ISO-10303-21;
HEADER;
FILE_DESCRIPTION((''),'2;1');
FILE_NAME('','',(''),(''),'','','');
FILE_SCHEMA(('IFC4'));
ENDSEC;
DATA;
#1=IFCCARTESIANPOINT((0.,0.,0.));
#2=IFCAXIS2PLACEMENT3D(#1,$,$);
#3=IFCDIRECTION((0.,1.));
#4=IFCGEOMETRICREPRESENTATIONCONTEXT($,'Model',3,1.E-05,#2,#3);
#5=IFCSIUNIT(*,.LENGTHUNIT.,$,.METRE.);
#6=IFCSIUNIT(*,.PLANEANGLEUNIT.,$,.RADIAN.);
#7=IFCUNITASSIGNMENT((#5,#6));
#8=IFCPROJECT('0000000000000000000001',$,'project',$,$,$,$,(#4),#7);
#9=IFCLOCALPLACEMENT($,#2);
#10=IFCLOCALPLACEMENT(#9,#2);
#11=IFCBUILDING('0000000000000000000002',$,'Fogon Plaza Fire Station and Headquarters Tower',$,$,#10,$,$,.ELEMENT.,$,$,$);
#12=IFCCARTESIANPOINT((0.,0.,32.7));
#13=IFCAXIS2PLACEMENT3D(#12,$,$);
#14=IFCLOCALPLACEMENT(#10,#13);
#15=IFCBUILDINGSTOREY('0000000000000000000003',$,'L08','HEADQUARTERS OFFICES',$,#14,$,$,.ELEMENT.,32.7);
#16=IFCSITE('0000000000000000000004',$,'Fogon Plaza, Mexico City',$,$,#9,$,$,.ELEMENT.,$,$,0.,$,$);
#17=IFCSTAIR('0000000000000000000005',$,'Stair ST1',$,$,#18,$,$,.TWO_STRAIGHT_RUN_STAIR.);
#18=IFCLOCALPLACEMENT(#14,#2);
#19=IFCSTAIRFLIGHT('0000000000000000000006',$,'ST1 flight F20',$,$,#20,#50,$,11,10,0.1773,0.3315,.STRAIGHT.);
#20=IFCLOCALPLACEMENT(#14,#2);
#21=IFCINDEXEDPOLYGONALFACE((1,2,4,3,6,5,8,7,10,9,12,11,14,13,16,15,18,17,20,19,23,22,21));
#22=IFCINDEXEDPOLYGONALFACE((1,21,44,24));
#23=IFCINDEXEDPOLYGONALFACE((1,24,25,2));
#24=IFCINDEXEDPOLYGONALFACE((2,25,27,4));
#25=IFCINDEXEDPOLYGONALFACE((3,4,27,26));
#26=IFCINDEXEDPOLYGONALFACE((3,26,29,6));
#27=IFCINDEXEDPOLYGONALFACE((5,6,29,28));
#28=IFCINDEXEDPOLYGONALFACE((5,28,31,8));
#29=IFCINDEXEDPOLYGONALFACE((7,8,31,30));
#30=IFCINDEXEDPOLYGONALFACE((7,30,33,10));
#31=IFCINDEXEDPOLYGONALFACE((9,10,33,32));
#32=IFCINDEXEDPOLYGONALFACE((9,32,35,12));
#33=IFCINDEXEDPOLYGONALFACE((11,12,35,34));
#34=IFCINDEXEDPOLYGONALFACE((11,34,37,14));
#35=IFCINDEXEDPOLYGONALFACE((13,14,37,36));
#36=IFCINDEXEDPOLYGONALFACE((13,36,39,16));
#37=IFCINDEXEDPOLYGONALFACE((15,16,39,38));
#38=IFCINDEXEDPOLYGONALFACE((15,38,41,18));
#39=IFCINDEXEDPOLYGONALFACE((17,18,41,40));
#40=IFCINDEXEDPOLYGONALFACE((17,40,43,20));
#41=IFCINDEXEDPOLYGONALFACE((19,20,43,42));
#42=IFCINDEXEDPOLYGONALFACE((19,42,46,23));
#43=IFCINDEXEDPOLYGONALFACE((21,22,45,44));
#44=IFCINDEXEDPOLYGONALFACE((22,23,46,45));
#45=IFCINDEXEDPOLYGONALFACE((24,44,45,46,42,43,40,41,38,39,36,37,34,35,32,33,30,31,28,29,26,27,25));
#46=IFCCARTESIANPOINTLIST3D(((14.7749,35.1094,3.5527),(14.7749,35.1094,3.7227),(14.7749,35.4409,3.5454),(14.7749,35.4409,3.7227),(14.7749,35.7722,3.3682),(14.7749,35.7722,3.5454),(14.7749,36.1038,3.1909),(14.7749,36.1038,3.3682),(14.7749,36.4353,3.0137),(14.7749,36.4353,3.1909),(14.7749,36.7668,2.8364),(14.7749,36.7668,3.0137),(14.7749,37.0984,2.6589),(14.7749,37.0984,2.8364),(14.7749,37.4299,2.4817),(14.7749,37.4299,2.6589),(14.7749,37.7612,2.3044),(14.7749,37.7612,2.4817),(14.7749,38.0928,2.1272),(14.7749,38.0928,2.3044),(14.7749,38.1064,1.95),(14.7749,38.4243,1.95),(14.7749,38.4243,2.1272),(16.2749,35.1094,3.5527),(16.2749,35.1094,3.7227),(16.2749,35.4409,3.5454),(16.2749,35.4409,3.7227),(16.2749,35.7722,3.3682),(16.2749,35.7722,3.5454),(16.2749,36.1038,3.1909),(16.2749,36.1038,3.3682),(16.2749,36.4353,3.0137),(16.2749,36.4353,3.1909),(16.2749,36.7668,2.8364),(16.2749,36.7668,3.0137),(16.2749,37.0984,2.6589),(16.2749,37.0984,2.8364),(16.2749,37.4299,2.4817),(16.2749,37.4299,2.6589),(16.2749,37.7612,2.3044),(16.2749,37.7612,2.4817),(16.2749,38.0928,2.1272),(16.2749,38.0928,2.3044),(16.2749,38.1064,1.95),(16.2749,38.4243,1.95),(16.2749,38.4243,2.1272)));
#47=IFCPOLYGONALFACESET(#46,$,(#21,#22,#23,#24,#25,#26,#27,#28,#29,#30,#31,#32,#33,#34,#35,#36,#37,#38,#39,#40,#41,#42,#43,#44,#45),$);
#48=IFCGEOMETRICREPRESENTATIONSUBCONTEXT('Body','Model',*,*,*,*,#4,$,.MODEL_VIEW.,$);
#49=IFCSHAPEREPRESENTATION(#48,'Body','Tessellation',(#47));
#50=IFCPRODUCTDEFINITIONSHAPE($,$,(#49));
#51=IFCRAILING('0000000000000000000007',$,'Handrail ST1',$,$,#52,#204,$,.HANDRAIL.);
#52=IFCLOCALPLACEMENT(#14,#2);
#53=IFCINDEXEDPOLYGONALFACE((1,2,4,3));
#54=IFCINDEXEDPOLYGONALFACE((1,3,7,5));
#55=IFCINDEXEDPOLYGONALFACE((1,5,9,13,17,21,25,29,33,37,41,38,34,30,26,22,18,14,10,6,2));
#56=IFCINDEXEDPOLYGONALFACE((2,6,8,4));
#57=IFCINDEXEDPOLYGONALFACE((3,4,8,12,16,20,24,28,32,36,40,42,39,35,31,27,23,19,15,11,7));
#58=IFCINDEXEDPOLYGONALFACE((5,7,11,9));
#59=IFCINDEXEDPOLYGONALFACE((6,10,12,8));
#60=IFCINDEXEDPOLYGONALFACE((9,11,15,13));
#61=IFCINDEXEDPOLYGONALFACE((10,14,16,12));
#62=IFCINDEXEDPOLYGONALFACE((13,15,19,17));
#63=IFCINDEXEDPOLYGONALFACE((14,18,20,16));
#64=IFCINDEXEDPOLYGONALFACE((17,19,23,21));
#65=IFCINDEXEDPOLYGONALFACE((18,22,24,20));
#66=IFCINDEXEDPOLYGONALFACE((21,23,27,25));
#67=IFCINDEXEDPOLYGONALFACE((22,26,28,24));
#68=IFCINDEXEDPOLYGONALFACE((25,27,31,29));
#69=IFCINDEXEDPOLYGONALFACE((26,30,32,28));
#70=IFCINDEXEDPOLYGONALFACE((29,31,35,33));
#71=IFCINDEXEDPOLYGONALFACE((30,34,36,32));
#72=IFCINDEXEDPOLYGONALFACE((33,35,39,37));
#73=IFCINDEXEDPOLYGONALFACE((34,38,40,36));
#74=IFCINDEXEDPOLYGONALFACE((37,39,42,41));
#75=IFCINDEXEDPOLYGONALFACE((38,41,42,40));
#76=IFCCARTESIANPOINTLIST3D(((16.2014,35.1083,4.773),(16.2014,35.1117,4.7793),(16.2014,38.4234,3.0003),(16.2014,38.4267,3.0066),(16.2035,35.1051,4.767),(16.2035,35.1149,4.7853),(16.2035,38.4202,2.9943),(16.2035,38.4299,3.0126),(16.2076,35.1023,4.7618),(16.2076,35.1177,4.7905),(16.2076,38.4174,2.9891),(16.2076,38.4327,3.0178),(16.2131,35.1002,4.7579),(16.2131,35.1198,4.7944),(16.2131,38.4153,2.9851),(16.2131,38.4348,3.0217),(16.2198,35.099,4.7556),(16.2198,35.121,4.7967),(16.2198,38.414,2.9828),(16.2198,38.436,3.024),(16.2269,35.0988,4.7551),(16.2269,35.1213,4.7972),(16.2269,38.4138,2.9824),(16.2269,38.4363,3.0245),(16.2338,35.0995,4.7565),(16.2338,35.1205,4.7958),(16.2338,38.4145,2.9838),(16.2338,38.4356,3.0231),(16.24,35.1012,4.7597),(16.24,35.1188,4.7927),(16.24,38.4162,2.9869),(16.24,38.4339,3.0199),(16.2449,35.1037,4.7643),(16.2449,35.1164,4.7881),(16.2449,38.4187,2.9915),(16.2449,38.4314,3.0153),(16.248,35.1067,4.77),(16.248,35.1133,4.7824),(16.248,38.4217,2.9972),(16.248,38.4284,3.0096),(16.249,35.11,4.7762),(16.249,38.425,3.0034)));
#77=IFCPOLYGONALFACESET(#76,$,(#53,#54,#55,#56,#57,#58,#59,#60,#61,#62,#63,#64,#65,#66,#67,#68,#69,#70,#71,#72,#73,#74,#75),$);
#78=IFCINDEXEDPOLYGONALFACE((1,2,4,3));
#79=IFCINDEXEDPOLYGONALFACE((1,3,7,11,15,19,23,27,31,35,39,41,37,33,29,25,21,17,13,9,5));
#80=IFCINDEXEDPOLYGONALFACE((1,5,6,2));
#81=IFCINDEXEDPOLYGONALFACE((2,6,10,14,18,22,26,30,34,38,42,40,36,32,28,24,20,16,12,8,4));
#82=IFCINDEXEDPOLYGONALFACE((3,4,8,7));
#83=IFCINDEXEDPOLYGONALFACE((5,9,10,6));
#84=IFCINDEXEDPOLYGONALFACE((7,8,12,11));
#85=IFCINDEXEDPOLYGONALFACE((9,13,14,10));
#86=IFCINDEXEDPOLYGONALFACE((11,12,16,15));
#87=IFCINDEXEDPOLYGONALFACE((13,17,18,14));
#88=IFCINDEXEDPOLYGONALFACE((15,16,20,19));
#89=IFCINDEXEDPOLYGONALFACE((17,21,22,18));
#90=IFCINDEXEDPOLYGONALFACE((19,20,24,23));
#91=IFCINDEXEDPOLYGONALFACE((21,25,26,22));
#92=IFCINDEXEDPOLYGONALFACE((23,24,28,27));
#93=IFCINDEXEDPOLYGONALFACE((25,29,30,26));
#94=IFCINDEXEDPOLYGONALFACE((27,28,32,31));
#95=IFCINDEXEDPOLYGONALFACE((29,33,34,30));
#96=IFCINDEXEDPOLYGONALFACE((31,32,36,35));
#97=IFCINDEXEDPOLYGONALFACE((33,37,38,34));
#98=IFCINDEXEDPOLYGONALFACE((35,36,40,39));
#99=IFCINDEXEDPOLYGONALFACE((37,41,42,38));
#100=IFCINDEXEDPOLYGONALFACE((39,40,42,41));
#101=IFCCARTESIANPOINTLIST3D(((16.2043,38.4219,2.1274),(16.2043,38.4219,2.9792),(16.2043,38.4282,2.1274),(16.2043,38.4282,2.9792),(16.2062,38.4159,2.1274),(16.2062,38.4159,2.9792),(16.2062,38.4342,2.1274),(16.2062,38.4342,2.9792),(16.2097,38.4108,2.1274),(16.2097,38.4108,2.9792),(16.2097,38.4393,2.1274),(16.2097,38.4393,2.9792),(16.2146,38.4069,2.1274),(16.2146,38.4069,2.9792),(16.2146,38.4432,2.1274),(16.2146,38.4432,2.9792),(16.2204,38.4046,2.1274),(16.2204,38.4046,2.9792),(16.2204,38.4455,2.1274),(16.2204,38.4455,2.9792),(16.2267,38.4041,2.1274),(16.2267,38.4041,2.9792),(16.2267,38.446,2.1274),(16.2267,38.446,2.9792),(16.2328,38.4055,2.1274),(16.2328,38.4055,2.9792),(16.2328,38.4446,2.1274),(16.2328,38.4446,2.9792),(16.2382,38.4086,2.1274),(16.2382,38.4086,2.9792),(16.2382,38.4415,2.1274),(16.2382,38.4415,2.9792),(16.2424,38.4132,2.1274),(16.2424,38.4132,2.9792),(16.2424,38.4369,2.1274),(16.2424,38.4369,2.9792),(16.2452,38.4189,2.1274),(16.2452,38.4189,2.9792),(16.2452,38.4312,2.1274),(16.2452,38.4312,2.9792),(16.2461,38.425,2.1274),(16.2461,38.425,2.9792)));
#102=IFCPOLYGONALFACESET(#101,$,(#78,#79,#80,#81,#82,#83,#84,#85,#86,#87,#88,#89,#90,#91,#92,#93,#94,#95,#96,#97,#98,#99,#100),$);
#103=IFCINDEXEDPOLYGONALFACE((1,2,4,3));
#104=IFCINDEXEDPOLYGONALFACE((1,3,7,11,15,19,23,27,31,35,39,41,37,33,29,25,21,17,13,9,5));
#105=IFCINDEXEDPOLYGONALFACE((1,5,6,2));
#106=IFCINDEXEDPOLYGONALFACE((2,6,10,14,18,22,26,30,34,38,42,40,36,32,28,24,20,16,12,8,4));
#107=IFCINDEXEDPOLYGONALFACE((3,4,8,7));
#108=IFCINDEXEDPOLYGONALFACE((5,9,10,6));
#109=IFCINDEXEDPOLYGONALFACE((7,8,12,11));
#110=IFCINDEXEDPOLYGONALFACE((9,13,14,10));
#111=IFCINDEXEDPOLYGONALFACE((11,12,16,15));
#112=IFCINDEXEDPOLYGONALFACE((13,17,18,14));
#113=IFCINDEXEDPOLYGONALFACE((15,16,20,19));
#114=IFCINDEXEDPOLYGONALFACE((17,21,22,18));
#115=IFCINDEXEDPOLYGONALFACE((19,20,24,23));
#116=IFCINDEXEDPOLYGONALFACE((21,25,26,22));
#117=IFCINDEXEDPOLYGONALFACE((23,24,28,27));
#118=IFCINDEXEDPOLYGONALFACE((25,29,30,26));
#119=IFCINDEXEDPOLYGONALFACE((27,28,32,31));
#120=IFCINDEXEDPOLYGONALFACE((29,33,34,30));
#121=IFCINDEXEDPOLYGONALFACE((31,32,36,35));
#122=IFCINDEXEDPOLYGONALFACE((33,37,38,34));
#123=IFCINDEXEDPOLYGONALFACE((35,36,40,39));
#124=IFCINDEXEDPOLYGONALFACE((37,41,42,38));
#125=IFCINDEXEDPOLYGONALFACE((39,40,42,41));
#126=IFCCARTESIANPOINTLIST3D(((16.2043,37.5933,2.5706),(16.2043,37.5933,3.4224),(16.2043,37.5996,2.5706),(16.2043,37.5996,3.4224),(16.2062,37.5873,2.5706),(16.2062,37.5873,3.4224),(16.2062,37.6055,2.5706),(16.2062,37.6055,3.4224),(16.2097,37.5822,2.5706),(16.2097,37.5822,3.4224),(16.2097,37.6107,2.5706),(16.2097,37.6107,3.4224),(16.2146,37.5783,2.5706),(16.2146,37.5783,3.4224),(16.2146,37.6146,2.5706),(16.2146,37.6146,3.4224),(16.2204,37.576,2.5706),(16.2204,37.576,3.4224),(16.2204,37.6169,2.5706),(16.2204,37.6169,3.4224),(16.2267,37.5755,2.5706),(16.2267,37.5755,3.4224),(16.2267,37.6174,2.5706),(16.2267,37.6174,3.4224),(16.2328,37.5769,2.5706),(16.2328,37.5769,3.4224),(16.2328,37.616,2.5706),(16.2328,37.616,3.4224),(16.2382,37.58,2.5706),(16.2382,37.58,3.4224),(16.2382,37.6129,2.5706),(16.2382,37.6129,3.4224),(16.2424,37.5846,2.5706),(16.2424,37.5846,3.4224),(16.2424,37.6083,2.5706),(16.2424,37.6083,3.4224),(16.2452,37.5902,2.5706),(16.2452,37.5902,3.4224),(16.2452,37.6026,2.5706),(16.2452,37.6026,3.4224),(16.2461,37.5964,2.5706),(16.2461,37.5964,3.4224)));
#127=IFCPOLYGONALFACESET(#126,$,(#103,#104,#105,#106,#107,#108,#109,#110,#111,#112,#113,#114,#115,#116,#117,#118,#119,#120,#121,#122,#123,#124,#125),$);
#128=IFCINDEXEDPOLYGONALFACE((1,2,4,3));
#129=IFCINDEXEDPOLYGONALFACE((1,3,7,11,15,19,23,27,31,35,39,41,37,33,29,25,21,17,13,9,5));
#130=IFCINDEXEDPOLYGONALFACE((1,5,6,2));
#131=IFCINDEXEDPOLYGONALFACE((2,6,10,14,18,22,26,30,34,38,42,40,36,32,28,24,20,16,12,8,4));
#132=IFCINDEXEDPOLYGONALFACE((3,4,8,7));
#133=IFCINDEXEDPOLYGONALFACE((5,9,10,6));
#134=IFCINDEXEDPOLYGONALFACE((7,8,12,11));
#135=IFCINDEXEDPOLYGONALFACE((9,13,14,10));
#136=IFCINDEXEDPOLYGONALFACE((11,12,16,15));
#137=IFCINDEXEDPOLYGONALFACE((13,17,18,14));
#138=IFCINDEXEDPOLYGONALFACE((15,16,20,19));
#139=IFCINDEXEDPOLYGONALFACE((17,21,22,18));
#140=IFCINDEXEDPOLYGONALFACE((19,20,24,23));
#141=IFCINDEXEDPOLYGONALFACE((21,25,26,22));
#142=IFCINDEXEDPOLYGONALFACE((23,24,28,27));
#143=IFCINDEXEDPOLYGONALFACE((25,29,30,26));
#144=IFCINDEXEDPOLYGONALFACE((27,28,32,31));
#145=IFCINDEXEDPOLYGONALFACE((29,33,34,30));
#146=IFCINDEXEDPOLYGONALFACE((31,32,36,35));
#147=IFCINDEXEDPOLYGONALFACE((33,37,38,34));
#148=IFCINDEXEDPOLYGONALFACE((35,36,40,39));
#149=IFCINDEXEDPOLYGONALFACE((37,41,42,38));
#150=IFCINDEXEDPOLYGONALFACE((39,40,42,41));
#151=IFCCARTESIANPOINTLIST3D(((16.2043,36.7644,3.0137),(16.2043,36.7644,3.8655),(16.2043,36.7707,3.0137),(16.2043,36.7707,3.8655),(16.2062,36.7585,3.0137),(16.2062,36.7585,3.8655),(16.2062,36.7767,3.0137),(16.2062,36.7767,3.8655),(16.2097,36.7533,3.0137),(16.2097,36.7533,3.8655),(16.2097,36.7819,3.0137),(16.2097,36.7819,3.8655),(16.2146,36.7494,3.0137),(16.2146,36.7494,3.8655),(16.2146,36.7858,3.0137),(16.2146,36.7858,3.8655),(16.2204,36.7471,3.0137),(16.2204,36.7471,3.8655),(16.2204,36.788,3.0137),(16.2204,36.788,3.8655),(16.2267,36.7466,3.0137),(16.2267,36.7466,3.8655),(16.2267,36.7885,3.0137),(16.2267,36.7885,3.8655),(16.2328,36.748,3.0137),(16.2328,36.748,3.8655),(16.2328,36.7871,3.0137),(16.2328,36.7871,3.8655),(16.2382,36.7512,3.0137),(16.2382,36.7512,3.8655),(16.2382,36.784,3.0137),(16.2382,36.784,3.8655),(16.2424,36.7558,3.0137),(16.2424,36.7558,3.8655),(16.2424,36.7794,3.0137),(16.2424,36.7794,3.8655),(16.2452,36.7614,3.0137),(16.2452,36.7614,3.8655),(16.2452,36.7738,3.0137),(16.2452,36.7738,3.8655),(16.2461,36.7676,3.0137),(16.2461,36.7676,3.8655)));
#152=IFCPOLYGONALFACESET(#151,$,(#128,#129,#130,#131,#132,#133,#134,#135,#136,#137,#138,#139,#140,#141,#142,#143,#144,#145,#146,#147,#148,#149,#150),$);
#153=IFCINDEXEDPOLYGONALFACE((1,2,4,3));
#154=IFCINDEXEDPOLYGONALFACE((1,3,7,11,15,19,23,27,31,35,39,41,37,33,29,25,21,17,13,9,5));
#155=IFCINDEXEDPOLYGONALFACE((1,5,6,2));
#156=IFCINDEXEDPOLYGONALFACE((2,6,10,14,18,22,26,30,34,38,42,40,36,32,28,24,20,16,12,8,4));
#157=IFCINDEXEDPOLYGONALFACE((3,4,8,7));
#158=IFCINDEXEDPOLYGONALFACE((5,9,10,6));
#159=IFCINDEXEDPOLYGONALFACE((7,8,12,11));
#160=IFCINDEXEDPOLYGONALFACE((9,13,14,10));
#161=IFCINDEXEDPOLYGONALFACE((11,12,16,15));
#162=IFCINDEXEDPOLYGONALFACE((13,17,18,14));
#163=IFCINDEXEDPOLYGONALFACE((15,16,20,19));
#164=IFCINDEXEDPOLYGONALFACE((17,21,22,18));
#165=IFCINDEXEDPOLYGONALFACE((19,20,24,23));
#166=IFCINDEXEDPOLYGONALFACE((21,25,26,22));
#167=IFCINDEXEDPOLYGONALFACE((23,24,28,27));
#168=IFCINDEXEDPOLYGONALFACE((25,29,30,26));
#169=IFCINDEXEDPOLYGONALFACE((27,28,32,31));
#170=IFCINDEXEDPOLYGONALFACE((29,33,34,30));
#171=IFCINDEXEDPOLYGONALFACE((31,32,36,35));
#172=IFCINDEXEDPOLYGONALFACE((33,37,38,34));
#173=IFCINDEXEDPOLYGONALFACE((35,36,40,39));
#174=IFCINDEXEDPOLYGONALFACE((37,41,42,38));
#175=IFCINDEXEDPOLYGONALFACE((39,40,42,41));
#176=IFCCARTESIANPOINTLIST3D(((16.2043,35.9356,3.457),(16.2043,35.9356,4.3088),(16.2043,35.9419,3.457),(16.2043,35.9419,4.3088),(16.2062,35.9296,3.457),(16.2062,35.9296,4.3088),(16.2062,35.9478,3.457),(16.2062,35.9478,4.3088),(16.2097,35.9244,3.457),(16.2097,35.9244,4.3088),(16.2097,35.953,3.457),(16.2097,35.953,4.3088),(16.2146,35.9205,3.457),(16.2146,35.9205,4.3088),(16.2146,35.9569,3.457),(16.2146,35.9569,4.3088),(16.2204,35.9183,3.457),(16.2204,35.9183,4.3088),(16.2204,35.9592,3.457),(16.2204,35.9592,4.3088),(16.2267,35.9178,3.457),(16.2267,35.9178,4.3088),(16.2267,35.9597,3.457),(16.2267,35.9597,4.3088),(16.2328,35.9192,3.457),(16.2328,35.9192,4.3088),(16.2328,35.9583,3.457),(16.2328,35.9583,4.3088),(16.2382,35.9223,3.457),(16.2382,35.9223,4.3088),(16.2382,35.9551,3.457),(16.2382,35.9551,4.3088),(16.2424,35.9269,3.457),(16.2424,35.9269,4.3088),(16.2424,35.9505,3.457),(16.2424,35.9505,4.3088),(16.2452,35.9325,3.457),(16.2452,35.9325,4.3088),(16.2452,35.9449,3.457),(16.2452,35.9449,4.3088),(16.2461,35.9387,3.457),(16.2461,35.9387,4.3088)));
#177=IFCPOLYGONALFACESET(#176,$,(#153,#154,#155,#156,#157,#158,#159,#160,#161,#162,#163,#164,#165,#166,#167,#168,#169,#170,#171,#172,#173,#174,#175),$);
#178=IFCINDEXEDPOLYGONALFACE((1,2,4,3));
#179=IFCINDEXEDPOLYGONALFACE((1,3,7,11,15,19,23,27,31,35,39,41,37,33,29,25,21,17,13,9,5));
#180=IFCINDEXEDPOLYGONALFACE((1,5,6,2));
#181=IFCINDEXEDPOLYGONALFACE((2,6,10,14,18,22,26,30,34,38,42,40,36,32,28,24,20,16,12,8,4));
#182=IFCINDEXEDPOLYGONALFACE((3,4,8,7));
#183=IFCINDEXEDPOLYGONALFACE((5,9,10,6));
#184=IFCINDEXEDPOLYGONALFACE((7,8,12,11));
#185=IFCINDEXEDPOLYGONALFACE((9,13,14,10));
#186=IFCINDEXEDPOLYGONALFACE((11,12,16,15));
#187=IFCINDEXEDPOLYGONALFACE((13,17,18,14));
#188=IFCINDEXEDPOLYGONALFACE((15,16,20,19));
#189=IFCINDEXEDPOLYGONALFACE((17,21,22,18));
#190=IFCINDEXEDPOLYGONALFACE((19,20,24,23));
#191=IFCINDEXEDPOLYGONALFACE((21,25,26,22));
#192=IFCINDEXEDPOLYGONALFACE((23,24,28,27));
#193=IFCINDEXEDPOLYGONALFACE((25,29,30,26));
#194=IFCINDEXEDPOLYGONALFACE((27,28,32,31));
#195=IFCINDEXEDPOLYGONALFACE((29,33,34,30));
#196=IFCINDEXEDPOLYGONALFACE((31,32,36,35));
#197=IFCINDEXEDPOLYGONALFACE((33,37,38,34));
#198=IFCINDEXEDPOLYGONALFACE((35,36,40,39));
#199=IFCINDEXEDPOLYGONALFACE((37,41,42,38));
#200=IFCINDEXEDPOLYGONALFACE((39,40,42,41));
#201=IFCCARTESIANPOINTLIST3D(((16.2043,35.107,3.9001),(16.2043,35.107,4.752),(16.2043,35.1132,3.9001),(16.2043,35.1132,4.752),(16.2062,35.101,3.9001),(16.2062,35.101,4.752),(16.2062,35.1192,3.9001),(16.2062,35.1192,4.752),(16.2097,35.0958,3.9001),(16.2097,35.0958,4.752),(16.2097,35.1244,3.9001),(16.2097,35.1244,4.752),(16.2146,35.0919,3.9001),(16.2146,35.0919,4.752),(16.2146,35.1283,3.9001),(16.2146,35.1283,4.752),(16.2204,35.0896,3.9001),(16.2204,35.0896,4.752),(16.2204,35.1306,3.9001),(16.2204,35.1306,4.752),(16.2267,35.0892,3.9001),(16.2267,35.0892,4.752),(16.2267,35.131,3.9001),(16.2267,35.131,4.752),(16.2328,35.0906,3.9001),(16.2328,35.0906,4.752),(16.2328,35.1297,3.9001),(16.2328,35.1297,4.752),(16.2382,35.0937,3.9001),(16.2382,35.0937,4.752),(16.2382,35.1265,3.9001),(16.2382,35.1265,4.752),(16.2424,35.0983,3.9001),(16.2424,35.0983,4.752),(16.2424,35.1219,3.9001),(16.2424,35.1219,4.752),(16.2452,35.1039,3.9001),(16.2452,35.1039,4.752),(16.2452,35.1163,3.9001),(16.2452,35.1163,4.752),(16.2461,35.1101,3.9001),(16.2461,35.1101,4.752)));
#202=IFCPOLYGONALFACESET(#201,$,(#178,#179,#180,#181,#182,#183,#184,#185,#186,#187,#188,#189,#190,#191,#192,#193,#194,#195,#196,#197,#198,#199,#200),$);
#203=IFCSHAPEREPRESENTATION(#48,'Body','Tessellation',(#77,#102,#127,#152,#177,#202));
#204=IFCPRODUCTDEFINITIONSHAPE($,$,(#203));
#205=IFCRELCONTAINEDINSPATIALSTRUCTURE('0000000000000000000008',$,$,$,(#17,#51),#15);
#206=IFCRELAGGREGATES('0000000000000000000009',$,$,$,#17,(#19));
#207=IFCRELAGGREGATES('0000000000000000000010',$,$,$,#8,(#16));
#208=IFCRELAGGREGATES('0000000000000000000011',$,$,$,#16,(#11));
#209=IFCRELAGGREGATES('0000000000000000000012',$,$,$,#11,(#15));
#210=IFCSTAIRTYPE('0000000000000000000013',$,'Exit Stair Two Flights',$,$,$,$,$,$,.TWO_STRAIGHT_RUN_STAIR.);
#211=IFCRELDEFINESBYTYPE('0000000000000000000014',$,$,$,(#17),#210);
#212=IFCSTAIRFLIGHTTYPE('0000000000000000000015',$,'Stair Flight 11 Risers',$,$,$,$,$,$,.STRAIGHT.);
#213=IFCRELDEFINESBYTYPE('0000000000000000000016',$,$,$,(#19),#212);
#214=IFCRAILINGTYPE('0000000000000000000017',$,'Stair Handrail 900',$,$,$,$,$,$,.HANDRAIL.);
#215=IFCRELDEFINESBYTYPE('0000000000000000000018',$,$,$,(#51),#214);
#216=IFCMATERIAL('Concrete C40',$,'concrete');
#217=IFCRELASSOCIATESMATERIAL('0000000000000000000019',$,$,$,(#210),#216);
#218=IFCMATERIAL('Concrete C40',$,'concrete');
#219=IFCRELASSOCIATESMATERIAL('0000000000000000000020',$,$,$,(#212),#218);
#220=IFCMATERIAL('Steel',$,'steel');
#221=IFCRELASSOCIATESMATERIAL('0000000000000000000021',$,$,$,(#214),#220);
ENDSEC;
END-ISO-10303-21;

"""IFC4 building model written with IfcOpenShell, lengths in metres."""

from ifc_helpers import new_model, si_unit, direction, frame, origin, origin_2d, place, context, subcontext, project, spatial, polyline, circle, outline, extrude, material, type_object, element, aggregate, save


model = new_model("IFC4")

# Units and contexts
model_context = context("Model", 3, precision=1e-05, world=origin(), true_north=direction((0.0, 1.0)))
body_context = subcontext(model_context, "Body", "Model", "MODEL_VIEW")
ifc_project = project(units=[si_unit("LENGTHUNIT", "METRE"), si_unit("PLANEANGLEUNIT", "RADIAN")], contexts=[model_context])

# Site, building, storey
site_placement = place(None, origin())
site = spatial("IfcSite", under=ifc_project, at=site_placement, Name="Fogon Plaza, Mexico City", CompositionType="ELEMENT", RefElevation=0.0)
building_placement = place(site_placement, origin())
building = spatial("IfcBuilding", under=site, at=building_placement, Name="Fogon Plaza Fire Station and Headquarters Tower", CompositionType="ELEMENT")
storey_placement = place(building_placement, frame((0.0, 0.0, 32.7)))
storey = spatial("IfcBuildingStorey", under=building, at=storey_placement, Name="L08", Description="HEADQUARTERS OFFICES", CompositionType="ELEMENT", Elevation=32.7)

# Stair, stair flight
ifc_material_1 = material(Name="Concrete C40", Category="concrete")
stair_type = type_object("IfcStairType", Name="Exit Stair Two Flights", PredefinedType="TWO_STRAIGHT_RUN_STAIR", material=ifc_material_1)
stair_placement = place(storey_placement, origin())
stair = element("IfcStair", 1, at=stair_placement, inside=storey, type_object=stair_type, Name="Stair ST1", PredefinedType="TWO_STRAIGHT_RUN_STAIR")
ifc_material_2 = material(Name="Concrete C40", Category="concrete")
stair_flight_type = type_object("IfcStairFlightType", Name="Stair Flight 11 Risers", PredefinedType="STRAIGHT", material=ifc_material_2)
stair_flight_placement = place(storey_placement, frame((15.5249, 38.4243, 1.95), z_axis=(0.0, 0.0, 1.0), x_axis=(0.0, -1.0, 0.0)))
stair_flight = element("IfcStairFlight", 2, at=stair_flight_placement, type_object=stair_flight_type, Name="ST1 flight F20", NumberOfRisers=11, NumberOfTreads=10, PredefinedType="STRAIGHT", RiserHeight=0.1773, TreadLength=0.3315, context=body_context, shape_type="SweptSolid", body=[
    extrude(outline(polyline([(0.0, 0.0), (0.0, 0.1772), (0.3315, 0.1772), (0.3315, 0.3545), (0.6631, 0.3545), (0.6631, 0.5317), (0.9944, 0.5317), (0.9944, 0.709), (1.3259, 0.709), (1.3259, 0.8865), (1.6575, 0.8865), (1.6575, 1.0637), (1.989, 1.0637), (1.989, 1.241), (2.3206, 1.241), (2.3206, 1.4182), (2.6521, 1.4182), (2.6521, 1.5955), (2.9834, 1.5955), (2.9834, 1.7727), (3.3149, 1.7727), (3.3149, 1.95), (3.3149, 1.6028), (0.3179, 0.0), (0.0, 0.0)])), frame((0.0, 0.75, 0.0), z_axis=(0.0, -1.0, 0.0), x_axis=(1.0, 0.0, 0.0)), (0.0, 0.0, 1.0), 1.5),
])
aggregate(stair, [stair_flight])

# Railing
ifc_material_3 = material(Name="Steel", Category="steel")
railing_type = type_object("IfcRailingType", Name="Stair Handrail 900", PredefinedType="HANDRAIL", material=ifc_material_3)
for number, where, name in (
    (3, (16.2251, 38.425, 2.1274), "Handrail ST1"),
):
    element("IfcRailing", number, at=place(storey_placement, frame(where)), inside=storey, type_object=railing_type, Name=name, PredefinedType="HANDRAIL", context=body_context, shape_type="SweptSolid", body=[
        extrude(circle(Radius=0.0239, at=origin_2d()), frame((0.0, 0.0, 0.876), z_axis=(0.0, -0.881829, 0.471569), x_axis=(1.0, 0.0, 0.0)), (0.0, 0.0, 1.0), 3.7593),
        extrude(circle(Radius=0.021, at=origin_2d()), origin(), (0.0, 0.0, 1.0), 0.8518),
        extrude(circle(Radius=0.021, at=origin_2d()), frame((0.0, -0.8286, 0.4431)), (0.0, 0.0, 1.0), 0.8518),
        extrude(circle(Radius=0.021, at=origin_2d()), frame((0.0, -1.6575, 0.8862)), (0.0, 0.0, 1.0), 0.8518),
        extrude(circle(Radius=0.021, at=origin_2d()), frame((0.0, -2.4863, 1.3296)), (0.0, 0.0, 1.0), 0.8518),
        extrude(circle(Radius=0.021, at=origin_2d()), frame((0.0, -3.3149, 1.7727)), (0.0, 0.0, 1.0), 0.8518),
    ])

save(model, "model.ifc")
